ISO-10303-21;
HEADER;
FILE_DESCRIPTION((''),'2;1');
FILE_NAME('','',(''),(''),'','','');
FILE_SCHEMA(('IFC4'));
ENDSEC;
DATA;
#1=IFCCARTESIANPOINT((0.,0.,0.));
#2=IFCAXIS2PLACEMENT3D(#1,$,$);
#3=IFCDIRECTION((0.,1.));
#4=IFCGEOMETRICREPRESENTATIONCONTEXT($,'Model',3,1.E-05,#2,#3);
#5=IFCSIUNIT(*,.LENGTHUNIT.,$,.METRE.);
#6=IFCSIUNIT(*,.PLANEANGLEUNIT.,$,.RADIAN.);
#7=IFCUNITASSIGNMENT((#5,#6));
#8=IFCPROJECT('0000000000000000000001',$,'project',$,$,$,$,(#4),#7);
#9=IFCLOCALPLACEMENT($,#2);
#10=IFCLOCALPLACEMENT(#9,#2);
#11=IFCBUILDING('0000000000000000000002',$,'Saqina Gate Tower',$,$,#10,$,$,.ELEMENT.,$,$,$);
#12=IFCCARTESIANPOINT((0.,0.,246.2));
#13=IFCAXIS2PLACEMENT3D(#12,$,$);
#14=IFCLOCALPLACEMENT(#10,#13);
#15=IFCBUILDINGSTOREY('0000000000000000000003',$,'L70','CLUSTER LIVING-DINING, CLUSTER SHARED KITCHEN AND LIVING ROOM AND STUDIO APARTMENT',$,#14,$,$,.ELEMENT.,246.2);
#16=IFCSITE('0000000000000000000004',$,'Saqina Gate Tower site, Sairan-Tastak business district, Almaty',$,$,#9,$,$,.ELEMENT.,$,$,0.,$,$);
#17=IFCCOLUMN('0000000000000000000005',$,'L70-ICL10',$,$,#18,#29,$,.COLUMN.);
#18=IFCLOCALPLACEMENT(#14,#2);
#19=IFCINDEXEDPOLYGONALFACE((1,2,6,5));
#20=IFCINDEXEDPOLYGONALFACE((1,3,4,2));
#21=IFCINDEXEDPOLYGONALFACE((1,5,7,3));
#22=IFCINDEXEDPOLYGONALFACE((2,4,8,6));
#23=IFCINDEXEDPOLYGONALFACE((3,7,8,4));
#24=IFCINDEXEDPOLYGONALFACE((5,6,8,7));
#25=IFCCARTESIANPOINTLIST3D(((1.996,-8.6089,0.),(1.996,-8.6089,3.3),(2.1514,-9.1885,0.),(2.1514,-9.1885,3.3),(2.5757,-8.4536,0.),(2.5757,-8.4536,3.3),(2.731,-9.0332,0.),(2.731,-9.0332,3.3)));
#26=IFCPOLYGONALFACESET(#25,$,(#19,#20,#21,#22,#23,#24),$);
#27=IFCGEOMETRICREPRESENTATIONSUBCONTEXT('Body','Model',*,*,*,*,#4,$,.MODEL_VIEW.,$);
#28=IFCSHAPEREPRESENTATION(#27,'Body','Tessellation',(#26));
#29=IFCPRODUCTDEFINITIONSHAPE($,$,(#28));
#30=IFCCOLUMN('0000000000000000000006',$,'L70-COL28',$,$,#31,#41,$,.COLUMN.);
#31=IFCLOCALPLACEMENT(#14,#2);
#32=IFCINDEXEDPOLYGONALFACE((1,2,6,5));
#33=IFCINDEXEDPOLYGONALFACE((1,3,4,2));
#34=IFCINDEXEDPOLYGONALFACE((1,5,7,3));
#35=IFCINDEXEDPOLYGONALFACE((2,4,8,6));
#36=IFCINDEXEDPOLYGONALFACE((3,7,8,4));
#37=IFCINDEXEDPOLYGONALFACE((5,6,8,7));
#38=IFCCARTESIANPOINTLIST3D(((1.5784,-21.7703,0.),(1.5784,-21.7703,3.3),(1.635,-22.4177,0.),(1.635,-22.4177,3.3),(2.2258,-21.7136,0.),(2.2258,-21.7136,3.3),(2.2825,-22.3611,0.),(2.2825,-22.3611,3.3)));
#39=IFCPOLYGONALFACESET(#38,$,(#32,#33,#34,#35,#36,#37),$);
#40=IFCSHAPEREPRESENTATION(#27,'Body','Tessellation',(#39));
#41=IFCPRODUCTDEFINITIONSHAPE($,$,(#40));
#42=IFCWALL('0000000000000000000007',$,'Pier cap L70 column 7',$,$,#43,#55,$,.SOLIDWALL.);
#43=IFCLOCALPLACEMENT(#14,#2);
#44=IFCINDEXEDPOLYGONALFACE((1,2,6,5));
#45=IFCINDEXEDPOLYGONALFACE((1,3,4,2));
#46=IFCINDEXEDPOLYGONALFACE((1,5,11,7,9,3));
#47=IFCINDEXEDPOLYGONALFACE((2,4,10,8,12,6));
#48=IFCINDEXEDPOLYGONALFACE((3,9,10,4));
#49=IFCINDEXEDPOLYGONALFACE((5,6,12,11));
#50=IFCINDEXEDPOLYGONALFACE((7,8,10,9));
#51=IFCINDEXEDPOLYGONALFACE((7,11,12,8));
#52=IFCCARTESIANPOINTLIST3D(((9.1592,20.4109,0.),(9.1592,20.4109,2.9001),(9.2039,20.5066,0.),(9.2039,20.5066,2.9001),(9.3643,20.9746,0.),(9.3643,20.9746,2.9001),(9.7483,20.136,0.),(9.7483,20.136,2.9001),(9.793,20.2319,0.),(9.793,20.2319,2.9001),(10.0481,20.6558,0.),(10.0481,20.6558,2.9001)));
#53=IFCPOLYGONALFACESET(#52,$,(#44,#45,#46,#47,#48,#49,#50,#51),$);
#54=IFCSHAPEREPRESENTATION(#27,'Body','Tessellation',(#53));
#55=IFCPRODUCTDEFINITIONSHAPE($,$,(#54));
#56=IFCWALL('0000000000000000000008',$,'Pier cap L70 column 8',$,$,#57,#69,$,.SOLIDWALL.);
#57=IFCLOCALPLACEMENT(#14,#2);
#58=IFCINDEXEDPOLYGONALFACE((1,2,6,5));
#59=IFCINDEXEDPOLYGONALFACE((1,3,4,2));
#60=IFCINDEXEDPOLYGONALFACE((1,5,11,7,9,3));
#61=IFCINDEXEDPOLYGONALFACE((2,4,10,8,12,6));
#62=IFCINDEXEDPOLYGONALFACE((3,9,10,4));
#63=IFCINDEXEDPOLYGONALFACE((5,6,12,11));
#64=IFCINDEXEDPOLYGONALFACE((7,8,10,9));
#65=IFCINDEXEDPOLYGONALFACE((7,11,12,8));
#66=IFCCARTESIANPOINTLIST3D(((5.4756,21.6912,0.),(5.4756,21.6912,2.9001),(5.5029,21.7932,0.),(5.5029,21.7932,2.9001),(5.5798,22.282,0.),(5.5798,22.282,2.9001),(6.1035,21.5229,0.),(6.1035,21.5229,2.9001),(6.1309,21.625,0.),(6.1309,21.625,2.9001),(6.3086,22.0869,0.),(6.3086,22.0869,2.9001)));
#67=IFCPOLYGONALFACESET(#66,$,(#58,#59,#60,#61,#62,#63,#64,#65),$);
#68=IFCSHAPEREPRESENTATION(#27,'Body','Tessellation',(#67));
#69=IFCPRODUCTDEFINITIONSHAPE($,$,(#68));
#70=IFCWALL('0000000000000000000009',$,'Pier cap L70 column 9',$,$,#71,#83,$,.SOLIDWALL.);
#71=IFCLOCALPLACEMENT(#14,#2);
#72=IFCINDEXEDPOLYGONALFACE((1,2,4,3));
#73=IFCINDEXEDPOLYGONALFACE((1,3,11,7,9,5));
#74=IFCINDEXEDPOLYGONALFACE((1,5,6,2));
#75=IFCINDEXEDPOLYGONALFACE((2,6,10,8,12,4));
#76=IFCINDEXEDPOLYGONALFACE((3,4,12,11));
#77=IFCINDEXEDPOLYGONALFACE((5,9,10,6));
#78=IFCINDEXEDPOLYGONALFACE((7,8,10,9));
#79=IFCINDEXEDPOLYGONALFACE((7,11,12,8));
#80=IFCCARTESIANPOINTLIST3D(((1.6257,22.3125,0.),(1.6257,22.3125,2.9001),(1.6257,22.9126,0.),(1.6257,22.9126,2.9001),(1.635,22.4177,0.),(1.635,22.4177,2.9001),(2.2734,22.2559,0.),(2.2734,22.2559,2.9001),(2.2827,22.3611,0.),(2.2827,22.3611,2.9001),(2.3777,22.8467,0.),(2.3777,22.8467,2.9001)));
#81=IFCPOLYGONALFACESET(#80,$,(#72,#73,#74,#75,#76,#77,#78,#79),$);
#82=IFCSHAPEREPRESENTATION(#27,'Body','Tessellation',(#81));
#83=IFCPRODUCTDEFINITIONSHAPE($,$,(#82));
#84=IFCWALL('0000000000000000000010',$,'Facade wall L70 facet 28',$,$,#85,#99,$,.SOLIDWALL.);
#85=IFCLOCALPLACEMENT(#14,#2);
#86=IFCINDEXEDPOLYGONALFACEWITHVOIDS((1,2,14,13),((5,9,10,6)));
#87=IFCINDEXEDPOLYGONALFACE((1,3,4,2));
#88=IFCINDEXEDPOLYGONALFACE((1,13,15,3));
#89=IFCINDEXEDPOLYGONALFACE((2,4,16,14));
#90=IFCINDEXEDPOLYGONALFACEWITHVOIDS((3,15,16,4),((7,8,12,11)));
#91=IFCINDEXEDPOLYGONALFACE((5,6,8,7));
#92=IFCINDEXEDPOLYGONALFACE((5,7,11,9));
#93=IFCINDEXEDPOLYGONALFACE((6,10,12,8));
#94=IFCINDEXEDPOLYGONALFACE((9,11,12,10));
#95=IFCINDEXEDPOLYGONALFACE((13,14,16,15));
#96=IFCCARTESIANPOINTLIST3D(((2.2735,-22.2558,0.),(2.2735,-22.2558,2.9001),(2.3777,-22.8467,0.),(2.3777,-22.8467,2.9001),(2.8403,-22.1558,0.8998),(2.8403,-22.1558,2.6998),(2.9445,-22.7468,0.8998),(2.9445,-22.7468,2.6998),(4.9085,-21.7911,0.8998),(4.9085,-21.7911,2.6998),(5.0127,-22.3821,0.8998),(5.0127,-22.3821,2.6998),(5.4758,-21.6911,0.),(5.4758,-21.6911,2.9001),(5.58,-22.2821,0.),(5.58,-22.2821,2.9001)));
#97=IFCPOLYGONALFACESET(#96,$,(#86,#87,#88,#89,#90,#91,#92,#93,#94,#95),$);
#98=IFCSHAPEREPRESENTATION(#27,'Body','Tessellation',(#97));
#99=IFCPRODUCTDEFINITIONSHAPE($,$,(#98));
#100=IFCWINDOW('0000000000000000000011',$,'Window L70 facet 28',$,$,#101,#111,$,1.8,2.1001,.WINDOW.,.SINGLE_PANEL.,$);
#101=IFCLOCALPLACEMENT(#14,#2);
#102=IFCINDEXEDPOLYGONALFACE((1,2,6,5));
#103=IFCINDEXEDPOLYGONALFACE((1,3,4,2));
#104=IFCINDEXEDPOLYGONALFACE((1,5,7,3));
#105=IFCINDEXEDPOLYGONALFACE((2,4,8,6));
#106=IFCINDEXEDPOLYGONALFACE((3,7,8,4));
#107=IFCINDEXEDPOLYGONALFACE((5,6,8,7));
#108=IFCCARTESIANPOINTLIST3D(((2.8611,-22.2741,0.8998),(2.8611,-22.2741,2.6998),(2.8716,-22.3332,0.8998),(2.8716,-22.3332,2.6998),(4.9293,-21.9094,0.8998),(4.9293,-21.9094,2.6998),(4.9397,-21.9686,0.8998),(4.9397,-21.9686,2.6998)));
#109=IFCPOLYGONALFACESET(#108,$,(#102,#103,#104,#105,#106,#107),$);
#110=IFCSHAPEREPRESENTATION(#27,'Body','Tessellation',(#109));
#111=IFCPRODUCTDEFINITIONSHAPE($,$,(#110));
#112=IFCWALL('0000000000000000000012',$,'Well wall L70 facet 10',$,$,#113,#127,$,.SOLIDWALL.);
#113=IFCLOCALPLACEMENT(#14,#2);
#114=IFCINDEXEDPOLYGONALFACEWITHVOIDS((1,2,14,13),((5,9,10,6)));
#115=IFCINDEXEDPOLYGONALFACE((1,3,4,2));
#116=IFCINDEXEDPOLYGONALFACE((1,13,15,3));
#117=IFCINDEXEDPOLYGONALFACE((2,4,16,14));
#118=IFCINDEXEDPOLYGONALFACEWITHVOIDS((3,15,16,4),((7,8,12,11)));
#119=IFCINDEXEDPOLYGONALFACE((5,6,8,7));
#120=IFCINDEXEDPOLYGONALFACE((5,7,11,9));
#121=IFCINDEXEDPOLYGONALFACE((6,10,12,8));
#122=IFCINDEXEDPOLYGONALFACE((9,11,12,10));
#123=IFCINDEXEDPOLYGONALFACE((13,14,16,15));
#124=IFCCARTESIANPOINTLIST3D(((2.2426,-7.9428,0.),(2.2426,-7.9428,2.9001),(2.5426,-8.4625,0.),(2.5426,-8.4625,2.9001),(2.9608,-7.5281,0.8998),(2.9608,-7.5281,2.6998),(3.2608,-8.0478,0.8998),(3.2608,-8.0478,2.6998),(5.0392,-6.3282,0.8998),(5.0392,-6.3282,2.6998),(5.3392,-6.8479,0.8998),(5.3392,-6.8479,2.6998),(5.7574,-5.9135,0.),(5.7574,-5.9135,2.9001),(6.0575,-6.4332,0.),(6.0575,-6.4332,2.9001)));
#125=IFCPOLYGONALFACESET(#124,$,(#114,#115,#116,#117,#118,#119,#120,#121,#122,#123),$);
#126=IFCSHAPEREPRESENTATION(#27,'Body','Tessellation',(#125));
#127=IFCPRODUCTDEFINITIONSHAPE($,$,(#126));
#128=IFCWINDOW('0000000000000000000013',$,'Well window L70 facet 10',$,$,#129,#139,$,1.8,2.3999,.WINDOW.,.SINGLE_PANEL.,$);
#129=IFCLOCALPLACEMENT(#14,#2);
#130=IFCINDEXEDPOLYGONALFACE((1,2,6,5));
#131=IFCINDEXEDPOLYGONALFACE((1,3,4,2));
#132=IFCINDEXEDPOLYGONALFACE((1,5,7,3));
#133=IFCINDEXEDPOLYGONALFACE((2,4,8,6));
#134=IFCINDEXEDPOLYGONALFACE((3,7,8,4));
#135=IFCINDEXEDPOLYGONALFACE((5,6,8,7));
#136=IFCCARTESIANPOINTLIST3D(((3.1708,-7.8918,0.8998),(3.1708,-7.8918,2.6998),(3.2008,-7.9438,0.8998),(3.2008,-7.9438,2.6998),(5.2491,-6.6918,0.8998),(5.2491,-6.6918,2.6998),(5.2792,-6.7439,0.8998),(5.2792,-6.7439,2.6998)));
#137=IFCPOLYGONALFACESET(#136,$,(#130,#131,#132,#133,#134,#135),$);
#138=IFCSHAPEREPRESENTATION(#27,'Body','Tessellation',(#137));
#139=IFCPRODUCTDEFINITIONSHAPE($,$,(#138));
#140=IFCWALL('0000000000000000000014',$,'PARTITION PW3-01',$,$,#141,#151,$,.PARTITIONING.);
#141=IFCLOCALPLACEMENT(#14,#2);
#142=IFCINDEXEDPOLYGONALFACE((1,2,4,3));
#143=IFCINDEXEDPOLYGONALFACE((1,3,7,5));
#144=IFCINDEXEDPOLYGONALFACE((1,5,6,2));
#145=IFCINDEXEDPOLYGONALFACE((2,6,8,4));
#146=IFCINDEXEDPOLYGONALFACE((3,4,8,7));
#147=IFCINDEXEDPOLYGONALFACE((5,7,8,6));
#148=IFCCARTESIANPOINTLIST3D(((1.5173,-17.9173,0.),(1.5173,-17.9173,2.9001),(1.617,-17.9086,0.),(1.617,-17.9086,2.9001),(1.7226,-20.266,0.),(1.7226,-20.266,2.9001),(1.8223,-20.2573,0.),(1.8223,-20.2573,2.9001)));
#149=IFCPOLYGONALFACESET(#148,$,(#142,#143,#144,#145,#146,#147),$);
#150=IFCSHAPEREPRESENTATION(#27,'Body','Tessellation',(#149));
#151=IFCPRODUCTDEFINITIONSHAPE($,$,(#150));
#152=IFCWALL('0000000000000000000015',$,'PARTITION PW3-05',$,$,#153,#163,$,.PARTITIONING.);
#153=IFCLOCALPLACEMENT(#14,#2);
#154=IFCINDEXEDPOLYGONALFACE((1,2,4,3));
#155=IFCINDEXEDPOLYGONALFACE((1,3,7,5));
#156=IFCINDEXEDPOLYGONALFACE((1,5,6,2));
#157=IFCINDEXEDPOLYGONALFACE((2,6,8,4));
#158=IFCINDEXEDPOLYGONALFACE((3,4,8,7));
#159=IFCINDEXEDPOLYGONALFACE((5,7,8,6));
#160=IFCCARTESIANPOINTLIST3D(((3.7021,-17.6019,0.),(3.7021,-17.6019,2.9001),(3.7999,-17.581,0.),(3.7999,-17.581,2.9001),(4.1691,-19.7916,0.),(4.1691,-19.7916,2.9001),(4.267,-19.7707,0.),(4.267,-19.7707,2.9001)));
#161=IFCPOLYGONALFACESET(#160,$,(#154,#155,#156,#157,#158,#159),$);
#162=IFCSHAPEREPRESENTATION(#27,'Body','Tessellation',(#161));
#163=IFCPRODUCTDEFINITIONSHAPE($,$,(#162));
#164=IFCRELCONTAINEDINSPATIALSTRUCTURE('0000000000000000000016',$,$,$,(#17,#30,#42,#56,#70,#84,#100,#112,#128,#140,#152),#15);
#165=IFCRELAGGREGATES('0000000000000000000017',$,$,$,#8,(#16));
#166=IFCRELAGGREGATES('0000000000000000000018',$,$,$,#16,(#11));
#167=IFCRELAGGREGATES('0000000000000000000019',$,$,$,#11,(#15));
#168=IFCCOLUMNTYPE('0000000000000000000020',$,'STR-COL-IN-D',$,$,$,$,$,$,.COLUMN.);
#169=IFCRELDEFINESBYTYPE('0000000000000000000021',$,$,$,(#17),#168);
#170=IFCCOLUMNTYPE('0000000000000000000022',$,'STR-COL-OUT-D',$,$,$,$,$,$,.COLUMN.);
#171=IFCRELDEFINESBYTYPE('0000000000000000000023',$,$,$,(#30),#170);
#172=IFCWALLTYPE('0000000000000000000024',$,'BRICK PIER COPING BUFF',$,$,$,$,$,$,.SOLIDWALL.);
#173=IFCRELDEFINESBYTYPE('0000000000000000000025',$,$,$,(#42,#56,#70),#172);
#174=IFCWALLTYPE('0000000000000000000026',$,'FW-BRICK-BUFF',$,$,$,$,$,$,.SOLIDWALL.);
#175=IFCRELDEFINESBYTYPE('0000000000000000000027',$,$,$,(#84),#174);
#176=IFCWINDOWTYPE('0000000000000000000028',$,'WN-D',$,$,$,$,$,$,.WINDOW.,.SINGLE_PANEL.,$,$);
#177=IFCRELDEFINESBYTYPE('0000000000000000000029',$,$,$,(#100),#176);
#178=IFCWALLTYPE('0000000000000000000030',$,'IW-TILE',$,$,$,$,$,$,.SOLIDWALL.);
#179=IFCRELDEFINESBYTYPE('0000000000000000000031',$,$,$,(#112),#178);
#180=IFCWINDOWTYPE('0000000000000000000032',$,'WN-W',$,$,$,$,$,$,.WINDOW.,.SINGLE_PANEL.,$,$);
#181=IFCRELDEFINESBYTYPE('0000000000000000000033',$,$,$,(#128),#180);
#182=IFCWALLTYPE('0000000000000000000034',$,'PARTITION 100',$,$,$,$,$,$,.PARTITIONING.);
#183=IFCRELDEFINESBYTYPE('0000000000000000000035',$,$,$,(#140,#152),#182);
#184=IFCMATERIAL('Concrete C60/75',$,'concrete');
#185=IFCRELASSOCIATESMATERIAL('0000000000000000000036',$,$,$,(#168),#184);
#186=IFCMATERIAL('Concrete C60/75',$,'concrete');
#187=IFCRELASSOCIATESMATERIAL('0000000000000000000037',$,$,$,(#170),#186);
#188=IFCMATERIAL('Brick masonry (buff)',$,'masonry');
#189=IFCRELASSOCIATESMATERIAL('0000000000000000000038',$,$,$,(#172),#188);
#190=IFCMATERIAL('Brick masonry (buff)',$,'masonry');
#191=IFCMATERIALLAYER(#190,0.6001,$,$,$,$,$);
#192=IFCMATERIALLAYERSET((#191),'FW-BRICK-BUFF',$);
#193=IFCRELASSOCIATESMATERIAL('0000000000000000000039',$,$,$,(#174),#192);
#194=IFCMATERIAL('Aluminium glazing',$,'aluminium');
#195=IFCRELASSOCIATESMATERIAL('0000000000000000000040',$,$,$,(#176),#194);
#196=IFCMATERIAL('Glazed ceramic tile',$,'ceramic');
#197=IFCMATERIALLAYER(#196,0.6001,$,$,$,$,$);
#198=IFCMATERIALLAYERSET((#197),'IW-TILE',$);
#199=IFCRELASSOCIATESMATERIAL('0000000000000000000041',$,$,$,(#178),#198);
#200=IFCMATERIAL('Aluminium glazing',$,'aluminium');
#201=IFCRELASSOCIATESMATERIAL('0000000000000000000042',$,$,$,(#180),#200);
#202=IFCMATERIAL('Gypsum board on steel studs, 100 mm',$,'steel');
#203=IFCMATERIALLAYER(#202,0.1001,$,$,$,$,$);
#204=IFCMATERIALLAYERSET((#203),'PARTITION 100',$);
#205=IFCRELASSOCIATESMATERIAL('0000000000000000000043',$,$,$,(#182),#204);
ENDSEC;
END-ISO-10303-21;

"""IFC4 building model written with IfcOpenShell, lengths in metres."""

from ifc_helpers import new_model, si_unit, direction, frame, frame_2d, origin, origin_2d, place, context, subcontext, project, spatial, polyline, rectangle, outline, extrude, material, layer, layer_set, material_profile, profile_set, type_object, element, fill, save


model = new_model("IFC4")

# Units and contexts
model_context = context("Model", 3, precision=1e-05, world=origin(), true_north=direction((0.0, 1.0)))
body_context = subcontext(model_context, "Body", "Model", "MODEL_VIEW")
ifc_project = project(units=[si_unit("LENGTHUNIT", "METRE"), si_unit("PLANEANGLEUNIT", "RADIAN")], contexts=[model_context])

# Site, building, storey
site_placement = place(None, origin())
site = spatial("IfcSite", under=ifc_project, at=site_placement, Name="Saqina Gate Tower site, Sairan-Tastak business district, Almaty", CompositionType="ELEMENT", RefElevation=0.0)
building_placement = place(site_placement, origin())
building = spatial("IfcBuilding", under=site, at=building_placement, Name="Saqina Gate Tower", CompositionType="ELEMENT")
storey_placement = place(building_placement, frame((0.0, 0.0, 246.2)))
storey = spatial("IfcBuildingStorey", under=building, at=storey_placement, Name="L70", Description="CLUSTER LIVING-DINING, CLUSTER SHARED KITCHEN AND LIVING ROOM AND STUDIO APARTMENT", CompositionType="ELEMENT", Elevation=246.2)

# Columns
ifc_material_1 = material(Name="Concrete C60/75", Category="concrete")
ifc_material_profile_1 = material_profile(ifc_material_1, rectangle(XDim=0.6001, YDim=0.6001, at=origin_2d()), Name="RC 600x600")
ifc_profile_set_1 = profile_set([ifc_material_profile_1], Name="Concrete C60/75")
column_type_1 = type_object("IfcColumnType", Name="STR-COL-IN-D", PredefinedType="COLUMN", material=ifc_profile_set_1)
column_1_placement = place(storey_placement, frame((2.3635, -8.821, 0.0), z_axis=(0.0, 0.0, 1.0), x_axis=(0.258819, -0.965926, 0.0)))
element("IfcColumn", 1, at=column_1_placement, inside=storey, type_object=column_type_1, Name="L70-ICL10", PredefinedType="COLUMN", context=body_context, shape_type="SweptSolid", body=[
    extrude(rectangle(XDim=0.6001, YDim=0.6001, at=origin_2d()), origin(), (0.0, 0.0, 1.0), 3.3),
])
ifc_material_2 = material(Name="Concrete C60/75", Category="concrete")
ifc_material_profile_2 = material_profile(ifc_material_2, rectangle(XDim=0.6499, YDim=0.6499, at=origin_2d()), Name="RC 650x650")
ifc_profile_set_2 = profile_set([ifc_material_profile_2], Name="Concrete C60/75")
column_type_2 = type_object("IfcColumnType", Name="STR-COL-OUT-D", PredefinedType="COLUMN", material=ifc_profile_set_2)
column_2_placement = place(storey_placement, frame((1.9304, -22.0657, 0.0), z_axis=(0.0, 0.0, 1.0), x_axis=(0.087156, -0.996195, 0.0)))
element("IfcColumn", 2, at=column_2_placement, inside=storey, type_object=column_type_2, Name="L70-COL28", PredefinedType="COLUMN", context=body_context, shape_type="SweptSolid", body=[
    extrude(rectangle(XDim=0.6499, YDim=0.6499, at=origin_2d()), origin(), (0.0, 0.0, 1.0), 3.3),
])

# Walls
ifc_material_3 = material(Name="Brick masonry (buff)", Category="masonry")
wall_type_1 = type_object("IfcWallType", Name="BRICK PIER COPING BUFF", PredefinedType="SOLIDWALL", material=ifc_material_3)
wall_1_placement = place(storey_placement, origin())
element("IfcWall", 3, at=wall_1_placement, inside=storey, type_object=wall_type_1, Name="Pier cap L70 column 7", PredefinedType="SOLIDWALL", context=body_context, shape_type="SweptSolid", body=[
    extrude(outline(polyline([(10.0481, 20.6558), (9.3643, 20.9746), (9.1592, 20.4109), (9.2039, 20.5066), (9.793, 20.2319), (9.7483, 20.136), (10.0481, 20.6558)])), origin(), (0.0, 0.0, 1.0), 2.9001),
])
wall_2_placement = place(storey_placement, origin())
element("IfcWall", 4, at=wall_2_placement, inside=storey, type_object=wall_type_1, Name="Pier cap L70 column 8", PredefinedType="SOLIDWALL", context=body_context, shape_type="SweptSolid", body=[
    extrude(outline(polyline([(5.5798, 22.282), (5.4756, 21.6912), (5.5029, 21.7932), (6.1309, 21.625), (6.1035, 21.5229), (6.3086, 22.0869), (5.5798, 22.282)])), origin(), (0.0, 0.0, 1.0), 2.9001),
])
wall_3_placement = place(storey_placement, origin())
element("IfcWall", 5, at=wall_3_placement, inside=storey, type_object=wall_type_1, Name="Pier cap L70 column 9", PredefinedType="SOLIDWALL", context=body_context, shape_type="SweptSolid", body=[
    extrude(outline(polyline([(2.3777, 22.8467), (1.6257, 22.9126), (1.6257, 22.3125), (1.635, 22.4177), (2.2827, 22.3611), (2.2734, 22.2559), (2.3777, 22.8467)])), origin(), (0.0, 0.0, 1.0), 2.9001),
])

# Walls, openings, windows
ifc_material_4 = material(Name="Brick masonry (buff)", Category="masonry")
ifc_layer_1 = layer(ifc_material_4, 0.6001)
ifc_layer_set_1 = layer_set([ifc_layer_1], Name="FW-BRICK-BUFF")
wall_type_2 = type_object("IfcWallType", Name="FW-BRICK-BUFF", PredefinedType="SOLIDWALL", material=ifc_layer_set_1)
wall_4_placement = place(storey_placement, frame((2.3254, -22.5513, 0.0), z_axis=(0.0, 0.0, 1.0), x_axis=(0.984806, 0.173657, 0.0)))
wall_4 = element("IfcWall", 6, at=wall_4_placement, inside=storey, type_object=wall_type_2, Name="Facade wall L70 facet 28", PredefinedType="SOLIDWALL", context=body_context, shape_type="SweptSolid", body=[
    extrude(rectangle(XDim=3.2517, YDim=0.6001, at=frame_2d((1.626, 0.0))), origin(), (0.0, 0.0, 1.0), 2.9001),
])
opening_1_placement = place(wall_4_placement, frame((0.5757, 0.0, 0.8999)))
opening_1 = element("IfcOpeningElement", 7, at=opening_1_placement, cuts=wall_4, PredefinedType="OPENING", context=body_context, shape_type="SweptSolid", body=[
    extrude(rectangle(XDim=2.1001, YDim=1.8, at=frame_2d((1.05, 0.8999))), frame((0.0, 0.312, 0.0), z_axis=(0.0, -1.0, 0.0), x_axis=(1.0, 0.0, 0.0)), (0.0, 0.0, 1.0), 0.624),
])
ifc_material_5 = material(Name="Aluminium glazing", Category="aluminium")
window_type_1 = type_object("IfcWindowType", Name="WN-D", PartitioningType="SINGLE_PANEL", PredefinedType="WINDOW", material=ifc_material_5)
window_1_placement = place(opening_1_placement, origin())
window_1 = element("IfcWindow", 8, at=window_1_placement, inside=storey, type_object=window_type_1, Name="Window L70 facet 28", OverallHeight=1.8, OverallWidth=2.1001, PartitioningType="SINGLE_PANEL", PredefinedType="WINDOW", context=body_context, shape_type="SweptSolid", body=[
    extrude(rectangle(XDim=2.1001, YDim=1.8, at=frame_2d((1.05, 0.8999))), frame((0.0, 0.1799, 0.0), z_axis=(0.0, -1.0, 0.0), x_axis=(1.0, 0.0, 0.0)), (0.0, 0.0, 1.0), 0.0601),
])
fill(opening_1, window_1)
ifc_material_6 = material(Name="Glazed ceramic tile", Category="ceramic")
ifc_layer_2 = layer(ifc_material_6, 0.6001)
ifc_layer_set_2 = layer_set([ifc_layer_2], Name="IW-TILE")
wall_type_3 = type_object("IfcWallType", Name="IW-TILE", PredefinedType="SOLIDWALL", material=ifc_layer_set_2)
wall_5_placement = place(storey_placement, frame((2.3926, -8.2026, 0.0), z_axis=(0.0, 0.0, 1.0), x_axis=(0.866028, 0.499995, 0.0)))
wall_5 = element("IfcWall", 9, at=wall_5_placement, inside=storey, type_object=wall_type_3, Name="Well wall L70 facet 10", PredefinedType="SOLIDWALL", context=body_context, shape_type="SweptSolid", body=[
    extrude(rectangle(XDim=4.0586, YDim=0.6001, at=frame_2d((2.0293, 0.0))), origin(), (0.0, 0.0, 1.0), 2.9001),
])
opening_2_placement = place(wall_5_placement, frame((0.8293, 0.0, 0.8999)))
opening_2 = element("IfcOpeningElement", 10, at=opening_2_placement, cuts=wall_5, PredefinedType="OPENING", context=body_context, shape_type="SweptSolid", body=[
    extrude(rectangle(XDim=2.3999, YDim=1.8, at=frame_2d((1.2, 0.8999))), frame((0.0, 0.312, 0.0), z_axis=(0.0, -1.0, 0.0), x_axis=(1.0, 0.0, 0.0)), (0.0, 0.0, 1.0), 0.624),
])
ifc_material_7 = material(Name="Aluminium glazing", Category="aluminium")
window_type_2 = type_object("IfcWindowType", Name="WN-W", PartitioningType="SINGLE_PANEL", PredefinedType="WINDOW", material=ifc_material_7)
window_2_placement = place(opening_2_placement, origin())
window_2 = element("IfcWindow", 11, at=window_2_placement, inside=storey, type_object=window_type_2, Name="Well window L70 facet 10", OverallHeight=1.8, OverallWidth=2.3999, PartitioningType="SINGLE_PANEL", PredefinedType="WINDOW", context=body_context, shape_type="SweptSolid", body=[
    extrude(rectangle(XDim=2.3999, YDim=1.8, at=frame_2d((1.2, 0.8999))), frame((0.0, -0.1199, 0.0), z_axis=(0.0, -1.0, 0.0), x_axis=(1.0, 0.0, 0.0)), (0.0, 0.0, 1.0), 0.0601),
])
fill(opening_2, window_2)

# Walls
ifc_material_8 = material(Name="Gypsum board on steel studs, 100 mm", Category="steel")
ifc_layer_3 = layer(ifc_material_8, 0.1001)
ifc_layer_set_3 = layer_set([ifc_layer_3], Name="PARTITION 100")
wall_type_4 = type_object("IfcWallType", Name="PARTITION 100", PredefinedType="PARTITIONING", material=ifc_layer_set_3)
wall_6_placement = place(storey_placement, frame((1.5671, -17.9131, 0.0), z_axis=(0.0, 0.0, 1.0), x_axis=(0.08709, -0.9962, 0.0)))
element("IfcWall", 12, at=wall_6_placement, inside=storey, type_object=wall_type_4, Name="PARTITION PW3-01", PredefinedType="PARTITIONING", context=body_context, shape_type="SweptSolid", body=[
    extrude(rectangle(XDim=2.3577, YDim=0.1001, at=frame_2d((1.1787, 0.0))), origin(), (0.0, 0.0, 1.0), 2.9001),
])
wall_7_placement = place(storey_placement, frame((3.751, -17.5913, 0.0), z_axis=(0.0, 0.0, 1.0), x_axis=(0.208598, -0.978001, 0.0)))
element("IfcWall", 13, at=wall_7_placement, inside=storey, type_object=wall_type_4, Name="PARTITION PW3-05", PredefinedType="PARTITIONING", context=body_context, shape_type="SweptSolid", body=[
    extrude(rectangle(XDim=2.239, YDim=0.1001, at=frame_2d((1.1196, 0.0))), origin(), (0.0, 0.0, 1.0), 2.9001),
])

save(model, "model.ifc")
